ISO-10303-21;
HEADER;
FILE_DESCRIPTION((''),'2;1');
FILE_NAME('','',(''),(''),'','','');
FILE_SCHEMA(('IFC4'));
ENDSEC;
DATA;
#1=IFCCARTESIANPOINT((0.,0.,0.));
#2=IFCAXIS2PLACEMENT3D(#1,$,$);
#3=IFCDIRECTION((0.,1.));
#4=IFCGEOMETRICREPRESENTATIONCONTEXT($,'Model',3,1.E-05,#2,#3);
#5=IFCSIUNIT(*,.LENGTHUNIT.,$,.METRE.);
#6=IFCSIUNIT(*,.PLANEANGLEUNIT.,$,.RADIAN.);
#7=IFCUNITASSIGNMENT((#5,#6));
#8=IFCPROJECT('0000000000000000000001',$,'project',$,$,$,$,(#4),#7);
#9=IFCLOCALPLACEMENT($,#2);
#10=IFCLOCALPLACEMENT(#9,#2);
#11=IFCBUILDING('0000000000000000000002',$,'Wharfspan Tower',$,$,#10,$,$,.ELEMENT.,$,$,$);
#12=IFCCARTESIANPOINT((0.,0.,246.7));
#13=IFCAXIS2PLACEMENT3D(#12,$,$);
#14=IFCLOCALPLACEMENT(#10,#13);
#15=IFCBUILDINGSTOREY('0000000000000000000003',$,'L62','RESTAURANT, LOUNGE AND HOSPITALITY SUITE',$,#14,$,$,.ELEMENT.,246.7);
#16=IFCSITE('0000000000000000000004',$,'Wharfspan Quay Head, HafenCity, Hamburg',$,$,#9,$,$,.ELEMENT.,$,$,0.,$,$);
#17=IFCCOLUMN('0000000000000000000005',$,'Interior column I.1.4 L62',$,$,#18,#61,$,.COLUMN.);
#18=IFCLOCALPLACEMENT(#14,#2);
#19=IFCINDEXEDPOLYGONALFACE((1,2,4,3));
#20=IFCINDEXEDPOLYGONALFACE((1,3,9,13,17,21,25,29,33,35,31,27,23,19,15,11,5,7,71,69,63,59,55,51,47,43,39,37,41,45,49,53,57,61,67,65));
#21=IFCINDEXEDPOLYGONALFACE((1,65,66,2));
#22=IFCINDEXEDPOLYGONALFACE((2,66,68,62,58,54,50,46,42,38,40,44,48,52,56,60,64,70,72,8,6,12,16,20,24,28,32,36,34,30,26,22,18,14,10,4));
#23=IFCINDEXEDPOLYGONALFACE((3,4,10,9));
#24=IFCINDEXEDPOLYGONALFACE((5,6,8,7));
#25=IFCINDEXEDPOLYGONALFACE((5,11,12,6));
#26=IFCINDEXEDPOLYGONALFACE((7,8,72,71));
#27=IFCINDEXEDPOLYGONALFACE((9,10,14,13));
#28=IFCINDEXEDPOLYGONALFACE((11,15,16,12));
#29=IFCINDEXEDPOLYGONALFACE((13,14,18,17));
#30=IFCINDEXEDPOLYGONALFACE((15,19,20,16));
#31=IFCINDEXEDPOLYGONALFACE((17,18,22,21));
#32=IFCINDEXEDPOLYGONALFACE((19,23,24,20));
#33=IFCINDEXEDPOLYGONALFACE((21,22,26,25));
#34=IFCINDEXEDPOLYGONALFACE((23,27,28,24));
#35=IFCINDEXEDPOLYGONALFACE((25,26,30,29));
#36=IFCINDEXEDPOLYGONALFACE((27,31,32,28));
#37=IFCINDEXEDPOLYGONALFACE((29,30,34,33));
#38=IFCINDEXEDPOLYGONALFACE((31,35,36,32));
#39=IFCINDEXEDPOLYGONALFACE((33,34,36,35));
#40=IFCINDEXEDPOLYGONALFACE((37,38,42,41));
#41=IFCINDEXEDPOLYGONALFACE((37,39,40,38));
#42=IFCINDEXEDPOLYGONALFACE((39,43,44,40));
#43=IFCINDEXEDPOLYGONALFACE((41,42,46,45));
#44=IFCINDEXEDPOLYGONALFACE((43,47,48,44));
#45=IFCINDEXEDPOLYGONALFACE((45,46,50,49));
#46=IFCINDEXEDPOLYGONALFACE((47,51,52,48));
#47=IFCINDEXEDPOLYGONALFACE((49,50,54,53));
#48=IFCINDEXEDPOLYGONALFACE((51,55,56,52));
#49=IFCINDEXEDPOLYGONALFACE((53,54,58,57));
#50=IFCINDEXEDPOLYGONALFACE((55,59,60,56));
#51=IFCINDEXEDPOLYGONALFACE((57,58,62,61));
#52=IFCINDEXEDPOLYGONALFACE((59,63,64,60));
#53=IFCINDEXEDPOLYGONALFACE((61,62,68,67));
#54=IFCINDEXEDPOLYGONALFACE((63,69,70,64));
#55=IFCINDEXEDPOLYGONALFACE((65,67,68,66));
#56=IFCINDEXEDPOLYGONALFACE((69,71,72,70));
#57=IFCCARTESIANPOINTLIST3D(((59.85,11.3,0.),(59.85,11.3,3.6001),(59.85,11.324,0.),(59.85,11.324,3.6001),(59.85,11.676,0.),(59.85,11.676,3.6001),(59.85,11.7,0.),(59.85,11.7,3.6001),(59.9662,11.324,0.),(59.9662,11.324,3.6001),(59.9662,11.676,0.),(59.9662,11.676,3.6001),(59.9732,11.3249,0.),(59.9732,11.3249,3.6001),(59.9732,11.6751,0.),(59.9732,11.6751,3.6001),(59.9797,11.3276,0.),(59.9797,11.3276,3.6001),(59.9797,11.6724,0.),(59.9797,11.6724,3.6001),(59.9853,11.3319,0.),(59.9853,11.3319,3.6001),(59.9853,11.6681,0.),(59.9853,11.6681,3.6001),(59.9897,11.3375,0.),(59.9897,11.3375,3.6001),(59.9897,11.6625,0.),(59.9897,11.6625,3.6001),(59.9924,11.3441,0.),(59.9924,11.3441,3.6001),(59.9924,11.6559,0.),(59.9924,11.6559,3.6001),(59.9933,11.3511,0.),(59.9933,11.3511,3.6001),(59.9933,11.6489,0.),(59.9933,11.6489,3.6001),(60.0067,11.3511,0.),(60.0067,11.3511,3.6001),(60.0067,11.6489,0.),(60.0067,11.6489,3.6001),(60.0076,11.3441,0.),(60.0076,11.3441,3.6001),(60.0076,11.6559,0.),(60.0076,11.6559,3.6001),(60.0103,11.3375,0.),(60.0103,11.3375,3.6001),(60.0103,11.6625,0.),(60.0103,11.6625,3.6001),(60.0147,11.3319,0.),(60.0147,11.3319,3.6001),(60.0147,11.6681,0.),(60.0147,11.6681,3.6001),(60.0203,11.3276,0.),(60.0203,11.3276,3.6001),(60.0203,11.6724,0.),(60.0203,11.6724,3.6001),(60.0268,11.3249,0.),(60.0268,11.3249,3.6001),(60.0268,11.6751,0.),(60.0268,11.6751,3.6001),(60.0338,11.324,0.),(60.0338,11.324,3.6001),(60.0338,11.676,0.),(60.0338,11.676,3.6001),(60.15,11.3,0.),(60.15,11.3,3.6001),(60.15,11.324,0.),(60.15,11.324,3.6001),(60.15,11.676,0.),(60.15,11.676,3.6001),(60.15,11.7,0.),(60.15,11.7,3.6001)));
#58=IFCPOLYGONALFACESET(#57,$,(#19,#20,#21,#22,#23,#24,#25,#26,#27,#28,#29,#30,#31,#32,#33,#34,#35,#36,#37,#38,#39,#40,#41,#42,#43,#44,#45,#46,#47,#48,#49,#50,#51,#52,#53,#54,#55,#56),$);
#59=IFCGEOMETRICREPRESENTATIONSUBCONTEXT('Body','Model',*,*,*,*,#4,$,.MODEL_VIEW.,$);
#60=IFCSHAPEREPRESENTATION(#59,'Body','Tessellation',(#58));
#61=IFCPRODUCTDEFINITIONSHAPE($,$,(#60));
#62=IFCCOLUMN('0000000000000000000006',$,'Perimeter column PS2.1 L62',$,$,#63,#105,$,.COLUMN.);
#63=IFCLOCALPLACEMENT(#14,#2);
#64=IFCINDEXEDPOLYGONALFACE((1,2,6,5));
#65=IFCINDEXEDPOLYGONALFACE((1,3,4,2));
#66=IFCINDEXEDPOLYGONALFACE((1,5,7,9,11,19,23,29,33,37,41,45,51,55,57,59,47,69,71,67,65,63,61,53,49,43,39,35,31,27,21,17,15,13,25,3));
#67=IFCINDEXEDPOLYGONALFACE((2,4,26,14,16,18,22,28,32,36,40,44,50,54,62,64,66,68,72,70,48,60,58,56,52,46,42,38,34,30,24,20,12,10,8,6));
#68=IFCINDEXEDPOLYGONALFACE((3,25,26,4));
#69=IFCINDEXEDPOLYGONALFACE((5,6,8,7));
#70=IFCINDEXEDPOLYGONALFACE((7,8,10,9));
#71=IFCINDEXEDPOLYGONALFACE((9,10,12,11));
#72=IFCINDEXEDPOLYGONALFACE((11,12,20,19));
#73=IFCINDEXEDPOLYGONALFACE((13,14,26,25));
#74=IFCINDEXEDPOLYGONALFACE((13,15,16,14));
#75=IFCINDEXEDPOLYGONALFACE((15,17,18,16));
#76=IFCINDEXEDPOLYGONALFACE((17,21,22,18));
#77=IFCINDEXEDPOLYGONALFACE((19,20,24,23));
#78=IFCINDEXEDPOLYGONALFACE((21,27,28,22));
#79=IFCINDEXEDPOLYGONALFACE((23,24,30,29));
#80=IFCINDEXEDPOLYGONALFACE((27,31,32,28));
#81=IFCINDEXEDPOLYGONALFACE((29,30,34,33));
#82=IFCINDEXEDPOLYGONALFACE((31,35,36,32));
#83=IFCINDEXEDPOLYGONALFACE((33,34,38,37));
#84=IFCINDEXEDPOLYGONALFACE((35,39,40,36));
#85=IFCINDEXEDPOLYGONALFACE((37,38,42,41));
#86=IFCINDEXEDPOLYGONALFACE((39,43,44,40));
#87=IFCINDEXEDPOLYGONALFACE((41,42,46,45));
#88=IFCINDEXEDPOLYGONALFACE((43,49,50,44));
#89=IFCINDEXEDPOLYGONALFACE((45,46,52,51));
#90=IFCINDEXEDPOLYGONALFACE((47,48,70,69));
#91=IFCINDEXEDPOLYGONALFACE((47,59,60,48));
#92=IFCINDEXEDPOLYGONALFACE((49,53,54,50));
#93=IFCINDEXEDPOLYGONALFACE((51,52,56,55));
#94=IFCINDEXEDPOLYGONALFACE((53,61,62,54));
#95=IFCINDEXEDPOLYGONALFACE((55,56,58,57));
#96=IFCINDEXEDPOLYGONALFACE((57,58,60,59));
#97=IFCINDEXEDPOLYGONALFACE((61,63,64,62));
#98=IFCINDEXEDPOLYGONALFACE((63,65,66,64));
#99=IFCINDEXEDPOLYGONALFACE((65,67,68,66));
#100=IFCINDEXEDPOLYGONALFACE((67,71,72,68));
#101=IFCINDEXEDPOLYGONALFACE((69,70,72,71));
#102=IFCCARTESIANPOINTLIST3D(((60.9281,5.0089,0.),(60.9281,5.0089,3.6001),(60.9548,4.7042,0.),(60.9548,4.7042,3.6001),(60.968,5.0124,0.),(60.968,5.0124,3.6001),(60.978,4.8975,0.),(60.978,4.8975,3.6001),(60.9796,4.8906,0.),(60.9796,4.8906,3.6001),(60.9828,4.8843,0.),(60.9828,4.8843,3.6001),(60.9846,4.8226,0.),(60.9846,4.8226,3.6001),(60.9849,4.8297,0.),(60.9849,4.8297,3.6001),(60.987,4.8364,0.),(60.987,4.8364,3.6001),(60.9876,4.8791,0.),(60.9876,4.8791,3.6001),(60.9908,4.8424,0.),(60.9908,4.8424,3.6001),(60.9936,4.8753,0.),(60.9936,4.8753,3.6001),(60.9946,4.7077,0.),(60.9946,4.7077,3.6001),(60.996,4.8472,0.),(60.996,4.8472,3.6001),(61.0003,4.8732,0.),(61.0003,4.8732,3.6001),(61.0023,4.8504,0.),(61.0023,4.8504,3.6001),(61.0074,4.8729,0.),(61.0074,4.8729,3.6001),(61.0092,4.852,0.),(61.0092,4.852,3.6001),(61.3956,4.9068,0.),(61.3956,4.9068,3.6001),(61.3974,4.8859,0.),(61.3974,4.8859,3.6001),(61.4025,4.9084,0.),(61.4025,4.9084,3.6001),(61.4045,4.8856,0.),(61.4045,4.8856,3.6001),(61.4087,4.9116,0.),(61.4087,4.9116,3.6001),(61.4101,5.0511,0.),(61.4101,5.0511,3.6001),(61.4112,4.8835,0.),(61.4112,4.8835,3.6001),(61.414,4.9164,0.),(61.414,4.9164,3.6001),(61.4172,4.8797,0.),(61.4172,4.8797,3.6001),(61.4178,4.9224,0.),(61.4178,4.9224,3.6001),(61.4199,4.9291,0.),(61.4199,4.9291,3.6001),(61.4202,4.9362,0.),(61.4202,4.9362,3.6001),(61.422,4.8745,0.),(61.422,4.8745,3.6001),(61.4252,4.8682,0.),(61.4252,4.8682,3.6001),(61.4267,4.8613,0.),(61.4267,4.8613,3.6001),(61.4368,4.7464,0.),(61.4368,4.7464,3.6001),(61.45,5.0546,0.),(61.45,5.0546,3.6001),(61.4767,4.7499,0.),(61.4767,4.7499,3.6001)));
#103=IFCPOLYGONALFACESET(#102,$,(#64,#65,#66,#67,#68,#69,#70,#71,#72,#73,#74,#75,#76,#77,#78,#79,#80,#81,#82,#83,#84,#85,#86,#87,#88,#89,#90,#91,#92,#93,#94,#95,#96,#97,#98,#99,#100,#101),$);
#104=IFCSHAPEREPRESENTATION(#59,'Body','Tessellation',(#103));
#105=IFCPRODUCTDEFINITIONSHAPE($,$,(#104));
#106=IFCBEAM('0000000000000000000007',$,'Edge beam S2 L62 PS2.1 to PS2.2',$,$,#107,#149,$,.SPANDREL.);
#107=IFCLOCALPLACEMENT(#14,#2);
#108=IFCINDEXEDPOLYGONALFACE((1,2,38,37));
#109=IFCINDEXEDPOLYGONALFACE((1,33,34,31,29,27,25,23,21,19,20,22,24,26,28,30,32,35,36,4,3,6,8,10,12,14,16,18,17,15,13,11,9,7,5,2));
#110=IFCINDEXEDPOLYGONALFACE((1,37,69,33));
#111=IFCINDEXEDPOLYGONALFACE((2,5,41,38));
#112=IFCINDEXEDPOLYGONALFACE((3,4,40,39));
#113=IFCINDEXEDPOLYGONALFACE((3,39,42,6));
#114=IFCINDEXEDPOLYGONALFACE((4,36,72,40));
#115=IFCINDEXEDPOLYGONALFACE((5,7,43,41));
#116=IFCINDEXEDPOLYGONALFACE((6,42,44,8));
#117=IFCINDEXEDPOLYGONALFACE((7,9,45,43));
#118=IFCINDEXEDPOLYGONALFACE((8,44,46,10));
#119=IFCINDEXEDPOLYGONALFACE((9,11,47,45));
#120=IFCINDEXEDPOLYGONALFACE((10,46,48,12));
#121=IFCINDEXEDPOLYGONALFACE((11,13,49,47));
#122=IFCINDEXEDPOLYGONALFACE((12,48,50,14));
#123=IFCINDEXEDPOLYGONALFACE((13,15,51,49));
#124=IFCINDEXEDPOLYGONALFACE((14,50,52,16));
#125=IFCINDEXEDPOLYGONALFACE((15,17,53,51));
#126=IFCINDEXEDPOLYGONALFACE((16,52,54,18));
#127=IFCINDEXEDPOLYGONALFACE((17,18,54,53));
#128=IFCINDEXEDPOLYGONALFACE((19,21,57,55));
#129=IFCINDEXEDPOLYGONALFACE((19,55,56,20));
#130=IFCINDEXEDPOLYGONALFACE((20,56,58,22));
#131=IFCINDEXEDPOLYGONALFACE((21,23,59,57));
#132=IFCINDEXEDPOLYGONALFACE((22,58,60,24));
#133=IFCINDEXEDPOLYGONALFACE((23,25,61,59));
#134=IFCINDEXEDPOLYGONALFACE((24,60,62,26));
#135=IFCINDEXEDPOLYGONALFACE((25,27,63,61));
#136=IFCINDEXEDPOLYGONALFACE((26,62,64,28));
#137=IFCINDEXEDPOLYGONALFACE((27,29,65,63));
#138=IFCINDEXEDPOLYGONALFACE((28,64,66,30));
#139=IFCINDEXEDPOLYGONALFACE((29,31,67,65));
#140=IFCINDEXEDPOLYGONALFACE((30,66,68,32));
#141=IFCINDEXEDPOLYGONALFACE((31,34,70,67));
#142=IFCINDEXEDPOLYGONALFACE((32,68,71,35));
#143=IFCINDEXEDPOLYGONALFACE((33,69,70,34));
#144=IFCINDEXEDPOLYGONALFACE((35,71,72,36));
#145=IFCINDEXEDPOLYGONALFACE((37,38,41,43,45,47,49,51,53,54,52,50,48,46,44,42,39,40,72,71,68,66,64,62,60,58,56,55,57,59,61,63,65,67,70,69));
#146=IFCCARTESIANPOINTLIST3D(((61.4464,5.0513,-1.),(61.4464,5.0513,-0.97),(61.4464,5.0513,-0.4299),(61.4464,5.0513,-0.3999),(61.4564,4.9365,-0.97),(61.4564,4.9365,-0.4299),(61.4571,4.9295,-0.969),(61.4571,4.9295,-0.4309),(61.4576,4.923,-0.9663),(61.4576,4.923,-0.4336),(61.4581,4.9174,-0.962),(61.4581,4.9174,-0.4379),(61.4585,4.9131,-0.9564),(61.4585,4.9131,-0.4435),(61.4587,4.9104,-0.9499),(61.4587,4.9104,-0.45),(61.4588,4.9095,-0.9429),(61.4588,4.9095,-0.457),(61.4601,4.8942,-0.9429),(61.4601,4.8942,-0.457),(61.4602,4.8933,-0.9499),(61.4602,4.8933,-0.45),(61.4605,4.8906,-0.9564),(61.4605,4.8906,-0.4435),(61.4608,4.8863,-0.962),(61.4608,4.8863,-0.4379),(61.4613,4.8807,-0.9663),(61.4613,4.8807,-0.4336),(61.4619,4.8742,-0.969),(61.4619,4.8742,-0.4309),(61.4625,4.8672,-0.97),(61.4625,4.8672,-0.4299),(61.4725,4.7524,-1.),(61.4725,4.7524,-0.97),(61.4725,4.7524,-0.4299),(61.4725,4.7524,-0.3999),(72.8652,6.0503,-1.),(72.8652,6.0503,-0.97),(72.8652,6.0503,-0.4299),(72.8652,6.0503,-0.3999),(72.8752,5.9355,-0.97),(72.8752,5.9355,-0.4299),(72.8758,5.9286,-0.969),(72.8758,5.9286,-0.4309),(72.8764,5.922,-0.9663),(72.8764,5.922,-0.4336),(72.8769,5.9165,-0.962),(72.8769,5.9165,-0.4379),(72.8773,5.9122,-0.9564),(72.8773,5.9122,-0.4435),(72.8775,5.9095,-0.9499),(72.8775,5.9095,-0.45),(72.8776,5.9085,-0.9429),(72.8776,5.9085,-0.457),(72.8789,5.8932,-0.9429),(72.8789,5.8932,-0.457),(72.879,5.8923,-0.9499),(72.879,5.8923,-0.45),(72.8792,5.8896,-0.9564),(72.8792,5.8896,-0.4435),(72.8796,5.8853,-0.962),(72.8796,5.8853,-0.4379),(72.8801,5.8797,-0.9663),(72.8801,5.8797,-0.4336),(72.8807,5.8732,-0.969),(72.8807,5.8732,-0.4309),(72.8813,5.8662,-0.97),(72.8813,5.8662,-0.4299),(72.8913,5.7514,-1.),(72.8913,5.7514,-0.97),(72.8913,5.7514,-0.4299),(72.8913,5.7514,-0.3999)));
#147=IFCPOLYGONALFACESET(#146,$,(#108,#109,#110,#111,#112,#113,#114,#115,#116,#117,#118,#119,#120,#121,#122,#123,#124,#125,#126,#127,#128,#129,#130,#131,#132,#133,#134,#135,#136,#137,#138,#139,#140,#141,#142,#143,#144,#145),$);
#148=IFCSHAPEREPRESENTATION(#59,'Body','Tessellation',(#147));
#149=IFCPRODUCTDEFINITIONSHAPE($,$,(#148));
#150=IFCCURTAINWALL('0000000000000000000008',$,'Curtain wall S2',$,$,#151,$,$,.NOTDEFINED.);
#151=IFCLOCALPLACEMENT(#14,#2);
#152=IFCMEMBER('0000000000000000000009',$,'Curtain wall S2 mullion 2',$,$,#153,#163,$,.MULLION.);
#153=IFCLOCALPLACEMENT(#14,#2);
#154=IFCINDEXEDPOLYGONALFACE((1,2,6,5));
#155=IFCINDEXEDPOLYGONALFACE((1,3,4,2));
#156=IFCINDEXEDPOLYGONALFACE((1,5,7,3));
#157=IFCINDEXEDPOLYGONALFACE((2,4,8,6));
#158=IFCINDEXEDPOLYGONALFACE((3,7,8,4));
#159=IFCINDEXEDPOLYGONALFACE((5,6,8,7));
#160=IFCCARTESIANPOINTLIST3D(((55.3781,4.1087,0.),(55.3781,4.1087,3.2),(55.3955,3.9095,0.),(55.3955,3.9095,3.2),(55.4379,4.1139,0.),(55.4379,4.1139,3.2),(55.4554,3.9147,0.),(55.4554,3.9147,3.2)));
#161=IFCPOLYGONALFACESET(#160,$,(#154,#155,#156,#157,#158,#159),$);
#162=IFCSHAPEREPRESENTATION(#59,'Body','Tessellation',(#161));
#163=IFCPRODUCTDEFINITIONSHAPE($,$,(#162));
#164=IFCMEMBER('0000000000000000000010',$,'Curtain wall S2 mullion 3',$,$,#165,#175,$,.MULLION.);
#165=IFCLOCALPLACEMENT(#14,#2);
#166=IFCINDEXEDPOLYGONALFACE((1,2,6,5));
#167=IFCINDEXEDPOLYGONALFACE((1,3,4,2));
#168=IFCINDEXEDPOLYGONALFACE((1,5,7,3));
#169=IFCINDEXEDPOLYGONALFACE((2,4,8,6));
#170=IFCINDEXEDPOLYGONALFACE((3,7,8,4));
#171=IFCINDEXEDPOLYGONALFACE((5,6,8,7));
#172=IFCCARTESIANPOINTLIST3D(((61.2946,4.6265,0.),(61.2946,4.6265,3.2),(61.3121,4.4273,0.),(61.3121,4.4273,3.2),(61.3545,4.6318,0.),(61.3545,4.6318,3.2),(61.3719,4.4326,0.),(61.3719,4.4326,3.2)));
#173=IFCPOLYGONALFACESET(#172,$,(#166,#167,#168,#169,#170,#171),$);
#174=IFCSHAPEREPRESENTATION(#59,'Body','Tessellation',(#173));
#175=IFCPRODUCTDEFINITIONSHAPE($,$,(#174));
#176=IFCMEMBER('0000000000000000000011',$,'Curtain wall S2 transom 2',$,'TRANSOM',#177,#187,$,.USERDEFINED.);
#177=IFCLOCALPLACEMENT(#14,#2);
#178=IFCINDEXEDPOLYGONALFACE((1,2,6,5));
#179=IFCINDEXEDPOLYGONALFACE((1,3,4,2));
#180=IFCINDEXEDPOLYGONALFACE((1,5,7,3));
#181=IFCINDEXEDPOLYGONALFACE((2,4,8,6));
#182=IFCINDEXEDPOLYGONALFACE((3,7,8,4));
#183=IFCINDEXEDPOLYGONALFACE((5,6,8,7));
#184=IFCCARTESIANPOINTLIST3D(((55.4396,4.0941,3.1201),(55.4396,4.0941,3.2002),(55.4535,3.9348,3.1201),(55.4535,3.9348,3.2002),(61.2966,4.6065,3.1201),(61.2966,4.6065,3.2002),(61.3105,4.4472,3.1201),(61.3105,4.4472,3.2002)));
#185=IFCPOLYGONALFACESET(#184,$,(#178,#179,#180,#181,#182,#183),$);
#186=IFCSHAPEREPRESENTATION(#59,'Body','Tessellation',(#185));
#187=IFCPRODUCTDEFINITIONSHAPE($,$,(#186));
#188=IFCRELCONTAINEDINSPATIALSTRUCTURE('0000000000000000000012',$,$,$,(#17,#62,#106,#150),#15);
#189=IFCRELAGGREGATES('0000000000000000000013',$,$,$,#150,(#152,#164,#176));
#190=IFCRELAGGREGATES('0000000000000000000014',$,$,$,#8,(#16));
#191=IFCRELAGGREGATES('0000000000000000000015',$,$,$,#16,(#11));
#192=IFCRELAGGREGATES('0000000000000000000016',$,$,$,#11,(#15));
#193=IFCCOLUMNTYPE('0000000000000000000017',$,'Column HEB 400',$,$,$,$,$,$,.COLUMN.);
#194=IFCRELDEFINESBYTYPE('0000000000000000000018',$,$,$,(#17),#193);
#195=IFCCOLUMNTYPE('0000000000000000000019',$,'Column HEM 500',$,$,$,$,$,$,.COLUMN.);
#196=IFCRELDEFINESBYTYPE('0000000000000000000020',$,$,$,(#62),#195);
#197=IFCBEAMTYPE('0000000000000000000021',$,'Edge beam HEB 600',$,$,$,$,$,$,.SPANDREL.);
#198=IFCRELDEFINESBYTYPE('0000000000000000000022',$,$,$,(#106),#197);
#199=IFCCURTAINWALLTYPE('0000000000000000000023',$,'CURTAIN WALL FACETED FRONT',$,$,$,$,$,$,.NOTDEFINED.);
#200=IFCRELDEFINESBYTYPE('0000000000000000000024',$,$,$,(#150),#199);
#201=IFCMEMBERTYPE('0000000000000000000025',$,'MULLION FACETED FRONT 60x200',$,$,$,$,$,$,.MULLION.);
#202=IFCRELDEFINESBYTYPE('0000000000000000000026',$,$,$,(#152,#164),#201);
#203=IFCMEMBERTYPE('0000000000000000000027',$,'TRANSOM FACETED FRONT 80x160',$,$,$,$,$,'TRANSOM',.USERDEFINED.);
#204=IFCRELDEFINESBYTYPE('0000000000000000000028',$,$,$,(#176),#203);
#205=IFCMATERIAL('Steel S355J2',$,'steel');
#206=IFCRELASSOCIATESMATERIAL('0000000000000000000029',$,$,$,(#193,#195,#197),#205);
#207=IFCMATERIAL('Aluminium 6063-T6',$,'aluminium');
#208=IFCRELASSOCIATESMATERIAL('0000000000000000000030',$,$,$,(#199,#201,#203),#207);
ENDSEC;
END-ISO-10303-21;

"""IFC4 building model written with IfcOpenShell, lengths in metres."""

from ifc_helpers import new_model, si_unit, direction, frame, origin, origin_2d, place, context, subcontext, project, spatial, rectangle, i_section, extrude, material, material_profile, profile_set, type_object, element, aggregate, save


model = new_model("IFC4")

# Units and contexts
model_context = context("Model", 3, precision=1e-05, world=origin(), true_north=direction((0.0, 1.0)))
body_context = subcontext(model_context, "Body", "Model", "MODEL_VIEW")
ifc_project = project(units=[si_unit("LENGTHUNIT", "METRE"), si_unit("PLANEANGLEUNIT", "RADIAN")], contexts=[model_context])

# Site, building, storey
site_placement = place(None, origin())
site = spatial("IfcSite", under=ifc_project, at=site_placement, Name="Wharfspan Quay Head, HafenCity, Hamburg", CompositionType="ELEMENT", RefElevation=0.0)
building_placement = place(site_placement, origin())
building = spatial("IfcBuilding", under=site, at=building_placement, Name="Wharfspan Tower", CompositionType="ELEMENT")
storey_placement = place(building_placement, frame((0.0, 0.0, 246.7)))
storey = spatial("IfcBuildingStorey", under=building, at=storey_placement, Name="L62", Description="RESTAURANT, LOUNGE AND HOSPITALITY SUITE", CompositionType="ELEMENT", Elevation=246.7)

# Columns
ifc_material_1 = material(Name="Steel S355J2", Category="steel")
ifc_material_profile_1 = material_profile(ifc_material_1, i_section(OverallWidth=0.3, OverallDepth=0.3999, WebThickness=0.0134, FlangeThickness=0.0239, FilletRadius=0.0271, at=origin_2d()))
ifc_profile_set_1 = profile_set([ifc_material_profile_1], Name="Steel S355J2")
column_type_1 = type_object("IfcColumnType", Name="Column HEB 400", PredefinedType="COLUMN", material=ifc_profile_set_1)
column_1_placement = place(storey_placement, frame((60.0, 11.5, 0.0), z_axis=(0.0, 0.0, 1.0), x_axis=(1.0, 0.0, 0.0)))
element("IfcColumn", 1, at=column_1_placement, inside=storey, type_object=column_type_1, Name="Interior column I.1.4 L62", PredefinedType="COLUMN", context=body_context, shape_type="SweptSolid", body=[
    extrude(i_section(OverallWidth=0.3, OverallDepth=0.3999, WebThickness=0.0134, FlangeThickness=0.0239, FilletRadius=0.0271, at=origin_2d()), origin(), (0.0, 0.0, 1.0), 3.6001),
])
ifc_material_profile_2 = material_profile(ifc_material_1, i_section(OverallWidth=0.3059, OverallDepth=0.5239, WebThickness=0.021, FlangeThickness=0.04, FilletRadius=0.0271, at=origin_2d()))
ifc_profile_set_2 = profile_set([ifc_material_profile_2], Name="Steel S355J2")
column_type_2 = type_object("IfcColumnType", Name="Column HEM 500", PredefinedType="COLUMN", material=ifc_profile_set_2)
column_2_placement = place(storey_placement, frame((61.2024, 4.8794, 0.0), z_axis=(0.0, 0.0, 1.0), x_axis=(0.087156, -0.996197, 0.0)))
element("IfcColumn", 2, at=column_2_placement, inside=storey, type_object=column_type_2, Name="Perimeter column PS2.1 L62", PredefinedType="COLUMN", context=body_context, shape_type="SweptSolid", body=[
    extrude(i_section(OverallWidth=0.3059, OverallDepth=0.5239, WebThickness=0.021, FlangeThickness=0.04, FilletRadius=0.0271, at=origin_2d()), origin(), (0.0, 0.0, 1.0), 3.6001),
])

# Beam
ifc_material_profile_3 = material_profile(ifc_material_1, i_section(OverallWidth=0.3, OverallDepth=0.6001, WebThickness=0.0154, FlangeThickness=0.03, FilletRadius=0.0271, at=origin_2d()))
ifc_profile_set_3 = profile_set([ifc_material_profile_3], Name="Steel S355J2")
beam_type = type_object("IfcBeamType", Name="Edge beam HEB 600", PredefinedType="SPANDREL", material=ifc_profile_set_3)
beam_placement = place(storey_placement, frame((61.4595, 4.9019, -0.7), z_axis=(0.996195, 0.087157, 0.0), x_axis=(-0.087157, 0.996195, 0.0)))
element("IfcBeam", 3, at=beam_placement, inside=storey, type_object=beam_type, Name="Edge beam S2 L62 PS2.1 to PS2.2", PredefinedType="SPANDREL", context=body_context, shape_type="SweptSolid", body=[
    extrude(i_section(OverallWidth=0.3, OverallDepth=0.6001, WebThickness=0.0154, FlangeThickness=0.03, FilletRadius=0.0271, at=origin_2d()), origin(), (0.0, 0.0, 1.0), 11.4624),
])

# Curtain wall, members
ifc_material_2 = material(Name="Aluminium 6063-T6", Category="aluminium")
curtain_wall_type = type_object("IfcCurtainWallType", Name="CURTAIN WALL FACETED FRONT", PredefinedType="NOTDEFINED", material=ifc_material_2)
curtain_wall_placement = place(storey_placement, origin())
curtain_wall = element("IfcCurtainWall", 4, at=curtain_wall_placement, inside=storey, type_object=curtain_wall_type, Name="Curtain wall S2", PredefinedType="NOTDEFINED")
ifc_material_profile_4 = material_profile(ifc_material_2, rectangle(XDim=0.2, YDim=0.0601, at=origin_2d()))
ifc_profile_set_4 = profile_set([ifc_material_profile_4], Name="Aluminium 6063-T6")
member_type_1 = type_object("IfcMemberType", Name="MULLION FACETED FRONT 60x200", PredefinedType="MULLION", material=ifc_profile_set_4)
member_1_placement = place(storey_placement, frame((55.4167, 4.0117, 0.0), z_axis=(0.0, 0.0, 1.0), x_axis=(-0.087156, 0.996197, 0.0)))
member_1 = element("IfcMember", 5, at=member_1_placement, type_object=member_type_1, Name="Curtain wall S2 mullion 2", PredefinedType="MULLION", context=body_context, shape_type="SweptSolid", body=[
    extrude(rectangle(XDim=0.2, YDim=0.0601, at=origin_2d()), origin(), (0.0, 0.0, 1.0), 3.2),
])
member_2_placement = place(storey_placement, frame((61.3333, 4.5295, 0.0), z_axis=(0.0, 0.0, 1.0), x_axis=(-0.087156, 0.996197, 0.0)))
member_2 = element("IfcMember", 6, at=member_2_placement, type_object=member_type_1, Name="Curtain wall S2 mullion 3", PredefinedType="MULLION", context=body_context, shape_type="SweptSolid", body=[
    extrude(rectangle(XDim=0.2, YDim=0.0601, at=origin_2d()), origin(), (0.0, 0.0, 1.0), 3.2),
])
ifc_material_profile_5 = material_profile(ifc_material_2, rectangle(XDim=0.1599, YDim=0.0801, at=origin_2d()))
ifc_profile_set_5 = profile_set([ifc_material_profile_5], Name="Aluminium 6063-T6")
member_type_2 = type_object("IfcMemberType", Name="TRANSOM FACETED FRONT 80x160", ElementType="TRANSOM", PredefinedType="USERDEFINED", material=ifc_profile_set_5)
member_3_placement = place(storey_placement, frame((55.4465, 4.0144, 3.1602), z_axis=(0.996194, 0.087162, 0.0), x_axis=(-0.087162, 0.996194, 0.0)))
member_3 = element("IfcMember", 7, at=member_3_placement, type_object=member_type_2, Name="Curtain wall S2 transom 2", ObjectType="TRANSOM", PredefinedType="USERDEFINED", context=body_context, shape_type="SweptSolid", body=[
    extrude(rectangle(XDim=0.1599, YDim=0.0801, at=origin_2d()), origin(), (0.0, 0.0, 1.0), 5.8794),
])
aggregate(curtain_wall, [member_1, member_2, member_3])

save(model, "model.ifc")
